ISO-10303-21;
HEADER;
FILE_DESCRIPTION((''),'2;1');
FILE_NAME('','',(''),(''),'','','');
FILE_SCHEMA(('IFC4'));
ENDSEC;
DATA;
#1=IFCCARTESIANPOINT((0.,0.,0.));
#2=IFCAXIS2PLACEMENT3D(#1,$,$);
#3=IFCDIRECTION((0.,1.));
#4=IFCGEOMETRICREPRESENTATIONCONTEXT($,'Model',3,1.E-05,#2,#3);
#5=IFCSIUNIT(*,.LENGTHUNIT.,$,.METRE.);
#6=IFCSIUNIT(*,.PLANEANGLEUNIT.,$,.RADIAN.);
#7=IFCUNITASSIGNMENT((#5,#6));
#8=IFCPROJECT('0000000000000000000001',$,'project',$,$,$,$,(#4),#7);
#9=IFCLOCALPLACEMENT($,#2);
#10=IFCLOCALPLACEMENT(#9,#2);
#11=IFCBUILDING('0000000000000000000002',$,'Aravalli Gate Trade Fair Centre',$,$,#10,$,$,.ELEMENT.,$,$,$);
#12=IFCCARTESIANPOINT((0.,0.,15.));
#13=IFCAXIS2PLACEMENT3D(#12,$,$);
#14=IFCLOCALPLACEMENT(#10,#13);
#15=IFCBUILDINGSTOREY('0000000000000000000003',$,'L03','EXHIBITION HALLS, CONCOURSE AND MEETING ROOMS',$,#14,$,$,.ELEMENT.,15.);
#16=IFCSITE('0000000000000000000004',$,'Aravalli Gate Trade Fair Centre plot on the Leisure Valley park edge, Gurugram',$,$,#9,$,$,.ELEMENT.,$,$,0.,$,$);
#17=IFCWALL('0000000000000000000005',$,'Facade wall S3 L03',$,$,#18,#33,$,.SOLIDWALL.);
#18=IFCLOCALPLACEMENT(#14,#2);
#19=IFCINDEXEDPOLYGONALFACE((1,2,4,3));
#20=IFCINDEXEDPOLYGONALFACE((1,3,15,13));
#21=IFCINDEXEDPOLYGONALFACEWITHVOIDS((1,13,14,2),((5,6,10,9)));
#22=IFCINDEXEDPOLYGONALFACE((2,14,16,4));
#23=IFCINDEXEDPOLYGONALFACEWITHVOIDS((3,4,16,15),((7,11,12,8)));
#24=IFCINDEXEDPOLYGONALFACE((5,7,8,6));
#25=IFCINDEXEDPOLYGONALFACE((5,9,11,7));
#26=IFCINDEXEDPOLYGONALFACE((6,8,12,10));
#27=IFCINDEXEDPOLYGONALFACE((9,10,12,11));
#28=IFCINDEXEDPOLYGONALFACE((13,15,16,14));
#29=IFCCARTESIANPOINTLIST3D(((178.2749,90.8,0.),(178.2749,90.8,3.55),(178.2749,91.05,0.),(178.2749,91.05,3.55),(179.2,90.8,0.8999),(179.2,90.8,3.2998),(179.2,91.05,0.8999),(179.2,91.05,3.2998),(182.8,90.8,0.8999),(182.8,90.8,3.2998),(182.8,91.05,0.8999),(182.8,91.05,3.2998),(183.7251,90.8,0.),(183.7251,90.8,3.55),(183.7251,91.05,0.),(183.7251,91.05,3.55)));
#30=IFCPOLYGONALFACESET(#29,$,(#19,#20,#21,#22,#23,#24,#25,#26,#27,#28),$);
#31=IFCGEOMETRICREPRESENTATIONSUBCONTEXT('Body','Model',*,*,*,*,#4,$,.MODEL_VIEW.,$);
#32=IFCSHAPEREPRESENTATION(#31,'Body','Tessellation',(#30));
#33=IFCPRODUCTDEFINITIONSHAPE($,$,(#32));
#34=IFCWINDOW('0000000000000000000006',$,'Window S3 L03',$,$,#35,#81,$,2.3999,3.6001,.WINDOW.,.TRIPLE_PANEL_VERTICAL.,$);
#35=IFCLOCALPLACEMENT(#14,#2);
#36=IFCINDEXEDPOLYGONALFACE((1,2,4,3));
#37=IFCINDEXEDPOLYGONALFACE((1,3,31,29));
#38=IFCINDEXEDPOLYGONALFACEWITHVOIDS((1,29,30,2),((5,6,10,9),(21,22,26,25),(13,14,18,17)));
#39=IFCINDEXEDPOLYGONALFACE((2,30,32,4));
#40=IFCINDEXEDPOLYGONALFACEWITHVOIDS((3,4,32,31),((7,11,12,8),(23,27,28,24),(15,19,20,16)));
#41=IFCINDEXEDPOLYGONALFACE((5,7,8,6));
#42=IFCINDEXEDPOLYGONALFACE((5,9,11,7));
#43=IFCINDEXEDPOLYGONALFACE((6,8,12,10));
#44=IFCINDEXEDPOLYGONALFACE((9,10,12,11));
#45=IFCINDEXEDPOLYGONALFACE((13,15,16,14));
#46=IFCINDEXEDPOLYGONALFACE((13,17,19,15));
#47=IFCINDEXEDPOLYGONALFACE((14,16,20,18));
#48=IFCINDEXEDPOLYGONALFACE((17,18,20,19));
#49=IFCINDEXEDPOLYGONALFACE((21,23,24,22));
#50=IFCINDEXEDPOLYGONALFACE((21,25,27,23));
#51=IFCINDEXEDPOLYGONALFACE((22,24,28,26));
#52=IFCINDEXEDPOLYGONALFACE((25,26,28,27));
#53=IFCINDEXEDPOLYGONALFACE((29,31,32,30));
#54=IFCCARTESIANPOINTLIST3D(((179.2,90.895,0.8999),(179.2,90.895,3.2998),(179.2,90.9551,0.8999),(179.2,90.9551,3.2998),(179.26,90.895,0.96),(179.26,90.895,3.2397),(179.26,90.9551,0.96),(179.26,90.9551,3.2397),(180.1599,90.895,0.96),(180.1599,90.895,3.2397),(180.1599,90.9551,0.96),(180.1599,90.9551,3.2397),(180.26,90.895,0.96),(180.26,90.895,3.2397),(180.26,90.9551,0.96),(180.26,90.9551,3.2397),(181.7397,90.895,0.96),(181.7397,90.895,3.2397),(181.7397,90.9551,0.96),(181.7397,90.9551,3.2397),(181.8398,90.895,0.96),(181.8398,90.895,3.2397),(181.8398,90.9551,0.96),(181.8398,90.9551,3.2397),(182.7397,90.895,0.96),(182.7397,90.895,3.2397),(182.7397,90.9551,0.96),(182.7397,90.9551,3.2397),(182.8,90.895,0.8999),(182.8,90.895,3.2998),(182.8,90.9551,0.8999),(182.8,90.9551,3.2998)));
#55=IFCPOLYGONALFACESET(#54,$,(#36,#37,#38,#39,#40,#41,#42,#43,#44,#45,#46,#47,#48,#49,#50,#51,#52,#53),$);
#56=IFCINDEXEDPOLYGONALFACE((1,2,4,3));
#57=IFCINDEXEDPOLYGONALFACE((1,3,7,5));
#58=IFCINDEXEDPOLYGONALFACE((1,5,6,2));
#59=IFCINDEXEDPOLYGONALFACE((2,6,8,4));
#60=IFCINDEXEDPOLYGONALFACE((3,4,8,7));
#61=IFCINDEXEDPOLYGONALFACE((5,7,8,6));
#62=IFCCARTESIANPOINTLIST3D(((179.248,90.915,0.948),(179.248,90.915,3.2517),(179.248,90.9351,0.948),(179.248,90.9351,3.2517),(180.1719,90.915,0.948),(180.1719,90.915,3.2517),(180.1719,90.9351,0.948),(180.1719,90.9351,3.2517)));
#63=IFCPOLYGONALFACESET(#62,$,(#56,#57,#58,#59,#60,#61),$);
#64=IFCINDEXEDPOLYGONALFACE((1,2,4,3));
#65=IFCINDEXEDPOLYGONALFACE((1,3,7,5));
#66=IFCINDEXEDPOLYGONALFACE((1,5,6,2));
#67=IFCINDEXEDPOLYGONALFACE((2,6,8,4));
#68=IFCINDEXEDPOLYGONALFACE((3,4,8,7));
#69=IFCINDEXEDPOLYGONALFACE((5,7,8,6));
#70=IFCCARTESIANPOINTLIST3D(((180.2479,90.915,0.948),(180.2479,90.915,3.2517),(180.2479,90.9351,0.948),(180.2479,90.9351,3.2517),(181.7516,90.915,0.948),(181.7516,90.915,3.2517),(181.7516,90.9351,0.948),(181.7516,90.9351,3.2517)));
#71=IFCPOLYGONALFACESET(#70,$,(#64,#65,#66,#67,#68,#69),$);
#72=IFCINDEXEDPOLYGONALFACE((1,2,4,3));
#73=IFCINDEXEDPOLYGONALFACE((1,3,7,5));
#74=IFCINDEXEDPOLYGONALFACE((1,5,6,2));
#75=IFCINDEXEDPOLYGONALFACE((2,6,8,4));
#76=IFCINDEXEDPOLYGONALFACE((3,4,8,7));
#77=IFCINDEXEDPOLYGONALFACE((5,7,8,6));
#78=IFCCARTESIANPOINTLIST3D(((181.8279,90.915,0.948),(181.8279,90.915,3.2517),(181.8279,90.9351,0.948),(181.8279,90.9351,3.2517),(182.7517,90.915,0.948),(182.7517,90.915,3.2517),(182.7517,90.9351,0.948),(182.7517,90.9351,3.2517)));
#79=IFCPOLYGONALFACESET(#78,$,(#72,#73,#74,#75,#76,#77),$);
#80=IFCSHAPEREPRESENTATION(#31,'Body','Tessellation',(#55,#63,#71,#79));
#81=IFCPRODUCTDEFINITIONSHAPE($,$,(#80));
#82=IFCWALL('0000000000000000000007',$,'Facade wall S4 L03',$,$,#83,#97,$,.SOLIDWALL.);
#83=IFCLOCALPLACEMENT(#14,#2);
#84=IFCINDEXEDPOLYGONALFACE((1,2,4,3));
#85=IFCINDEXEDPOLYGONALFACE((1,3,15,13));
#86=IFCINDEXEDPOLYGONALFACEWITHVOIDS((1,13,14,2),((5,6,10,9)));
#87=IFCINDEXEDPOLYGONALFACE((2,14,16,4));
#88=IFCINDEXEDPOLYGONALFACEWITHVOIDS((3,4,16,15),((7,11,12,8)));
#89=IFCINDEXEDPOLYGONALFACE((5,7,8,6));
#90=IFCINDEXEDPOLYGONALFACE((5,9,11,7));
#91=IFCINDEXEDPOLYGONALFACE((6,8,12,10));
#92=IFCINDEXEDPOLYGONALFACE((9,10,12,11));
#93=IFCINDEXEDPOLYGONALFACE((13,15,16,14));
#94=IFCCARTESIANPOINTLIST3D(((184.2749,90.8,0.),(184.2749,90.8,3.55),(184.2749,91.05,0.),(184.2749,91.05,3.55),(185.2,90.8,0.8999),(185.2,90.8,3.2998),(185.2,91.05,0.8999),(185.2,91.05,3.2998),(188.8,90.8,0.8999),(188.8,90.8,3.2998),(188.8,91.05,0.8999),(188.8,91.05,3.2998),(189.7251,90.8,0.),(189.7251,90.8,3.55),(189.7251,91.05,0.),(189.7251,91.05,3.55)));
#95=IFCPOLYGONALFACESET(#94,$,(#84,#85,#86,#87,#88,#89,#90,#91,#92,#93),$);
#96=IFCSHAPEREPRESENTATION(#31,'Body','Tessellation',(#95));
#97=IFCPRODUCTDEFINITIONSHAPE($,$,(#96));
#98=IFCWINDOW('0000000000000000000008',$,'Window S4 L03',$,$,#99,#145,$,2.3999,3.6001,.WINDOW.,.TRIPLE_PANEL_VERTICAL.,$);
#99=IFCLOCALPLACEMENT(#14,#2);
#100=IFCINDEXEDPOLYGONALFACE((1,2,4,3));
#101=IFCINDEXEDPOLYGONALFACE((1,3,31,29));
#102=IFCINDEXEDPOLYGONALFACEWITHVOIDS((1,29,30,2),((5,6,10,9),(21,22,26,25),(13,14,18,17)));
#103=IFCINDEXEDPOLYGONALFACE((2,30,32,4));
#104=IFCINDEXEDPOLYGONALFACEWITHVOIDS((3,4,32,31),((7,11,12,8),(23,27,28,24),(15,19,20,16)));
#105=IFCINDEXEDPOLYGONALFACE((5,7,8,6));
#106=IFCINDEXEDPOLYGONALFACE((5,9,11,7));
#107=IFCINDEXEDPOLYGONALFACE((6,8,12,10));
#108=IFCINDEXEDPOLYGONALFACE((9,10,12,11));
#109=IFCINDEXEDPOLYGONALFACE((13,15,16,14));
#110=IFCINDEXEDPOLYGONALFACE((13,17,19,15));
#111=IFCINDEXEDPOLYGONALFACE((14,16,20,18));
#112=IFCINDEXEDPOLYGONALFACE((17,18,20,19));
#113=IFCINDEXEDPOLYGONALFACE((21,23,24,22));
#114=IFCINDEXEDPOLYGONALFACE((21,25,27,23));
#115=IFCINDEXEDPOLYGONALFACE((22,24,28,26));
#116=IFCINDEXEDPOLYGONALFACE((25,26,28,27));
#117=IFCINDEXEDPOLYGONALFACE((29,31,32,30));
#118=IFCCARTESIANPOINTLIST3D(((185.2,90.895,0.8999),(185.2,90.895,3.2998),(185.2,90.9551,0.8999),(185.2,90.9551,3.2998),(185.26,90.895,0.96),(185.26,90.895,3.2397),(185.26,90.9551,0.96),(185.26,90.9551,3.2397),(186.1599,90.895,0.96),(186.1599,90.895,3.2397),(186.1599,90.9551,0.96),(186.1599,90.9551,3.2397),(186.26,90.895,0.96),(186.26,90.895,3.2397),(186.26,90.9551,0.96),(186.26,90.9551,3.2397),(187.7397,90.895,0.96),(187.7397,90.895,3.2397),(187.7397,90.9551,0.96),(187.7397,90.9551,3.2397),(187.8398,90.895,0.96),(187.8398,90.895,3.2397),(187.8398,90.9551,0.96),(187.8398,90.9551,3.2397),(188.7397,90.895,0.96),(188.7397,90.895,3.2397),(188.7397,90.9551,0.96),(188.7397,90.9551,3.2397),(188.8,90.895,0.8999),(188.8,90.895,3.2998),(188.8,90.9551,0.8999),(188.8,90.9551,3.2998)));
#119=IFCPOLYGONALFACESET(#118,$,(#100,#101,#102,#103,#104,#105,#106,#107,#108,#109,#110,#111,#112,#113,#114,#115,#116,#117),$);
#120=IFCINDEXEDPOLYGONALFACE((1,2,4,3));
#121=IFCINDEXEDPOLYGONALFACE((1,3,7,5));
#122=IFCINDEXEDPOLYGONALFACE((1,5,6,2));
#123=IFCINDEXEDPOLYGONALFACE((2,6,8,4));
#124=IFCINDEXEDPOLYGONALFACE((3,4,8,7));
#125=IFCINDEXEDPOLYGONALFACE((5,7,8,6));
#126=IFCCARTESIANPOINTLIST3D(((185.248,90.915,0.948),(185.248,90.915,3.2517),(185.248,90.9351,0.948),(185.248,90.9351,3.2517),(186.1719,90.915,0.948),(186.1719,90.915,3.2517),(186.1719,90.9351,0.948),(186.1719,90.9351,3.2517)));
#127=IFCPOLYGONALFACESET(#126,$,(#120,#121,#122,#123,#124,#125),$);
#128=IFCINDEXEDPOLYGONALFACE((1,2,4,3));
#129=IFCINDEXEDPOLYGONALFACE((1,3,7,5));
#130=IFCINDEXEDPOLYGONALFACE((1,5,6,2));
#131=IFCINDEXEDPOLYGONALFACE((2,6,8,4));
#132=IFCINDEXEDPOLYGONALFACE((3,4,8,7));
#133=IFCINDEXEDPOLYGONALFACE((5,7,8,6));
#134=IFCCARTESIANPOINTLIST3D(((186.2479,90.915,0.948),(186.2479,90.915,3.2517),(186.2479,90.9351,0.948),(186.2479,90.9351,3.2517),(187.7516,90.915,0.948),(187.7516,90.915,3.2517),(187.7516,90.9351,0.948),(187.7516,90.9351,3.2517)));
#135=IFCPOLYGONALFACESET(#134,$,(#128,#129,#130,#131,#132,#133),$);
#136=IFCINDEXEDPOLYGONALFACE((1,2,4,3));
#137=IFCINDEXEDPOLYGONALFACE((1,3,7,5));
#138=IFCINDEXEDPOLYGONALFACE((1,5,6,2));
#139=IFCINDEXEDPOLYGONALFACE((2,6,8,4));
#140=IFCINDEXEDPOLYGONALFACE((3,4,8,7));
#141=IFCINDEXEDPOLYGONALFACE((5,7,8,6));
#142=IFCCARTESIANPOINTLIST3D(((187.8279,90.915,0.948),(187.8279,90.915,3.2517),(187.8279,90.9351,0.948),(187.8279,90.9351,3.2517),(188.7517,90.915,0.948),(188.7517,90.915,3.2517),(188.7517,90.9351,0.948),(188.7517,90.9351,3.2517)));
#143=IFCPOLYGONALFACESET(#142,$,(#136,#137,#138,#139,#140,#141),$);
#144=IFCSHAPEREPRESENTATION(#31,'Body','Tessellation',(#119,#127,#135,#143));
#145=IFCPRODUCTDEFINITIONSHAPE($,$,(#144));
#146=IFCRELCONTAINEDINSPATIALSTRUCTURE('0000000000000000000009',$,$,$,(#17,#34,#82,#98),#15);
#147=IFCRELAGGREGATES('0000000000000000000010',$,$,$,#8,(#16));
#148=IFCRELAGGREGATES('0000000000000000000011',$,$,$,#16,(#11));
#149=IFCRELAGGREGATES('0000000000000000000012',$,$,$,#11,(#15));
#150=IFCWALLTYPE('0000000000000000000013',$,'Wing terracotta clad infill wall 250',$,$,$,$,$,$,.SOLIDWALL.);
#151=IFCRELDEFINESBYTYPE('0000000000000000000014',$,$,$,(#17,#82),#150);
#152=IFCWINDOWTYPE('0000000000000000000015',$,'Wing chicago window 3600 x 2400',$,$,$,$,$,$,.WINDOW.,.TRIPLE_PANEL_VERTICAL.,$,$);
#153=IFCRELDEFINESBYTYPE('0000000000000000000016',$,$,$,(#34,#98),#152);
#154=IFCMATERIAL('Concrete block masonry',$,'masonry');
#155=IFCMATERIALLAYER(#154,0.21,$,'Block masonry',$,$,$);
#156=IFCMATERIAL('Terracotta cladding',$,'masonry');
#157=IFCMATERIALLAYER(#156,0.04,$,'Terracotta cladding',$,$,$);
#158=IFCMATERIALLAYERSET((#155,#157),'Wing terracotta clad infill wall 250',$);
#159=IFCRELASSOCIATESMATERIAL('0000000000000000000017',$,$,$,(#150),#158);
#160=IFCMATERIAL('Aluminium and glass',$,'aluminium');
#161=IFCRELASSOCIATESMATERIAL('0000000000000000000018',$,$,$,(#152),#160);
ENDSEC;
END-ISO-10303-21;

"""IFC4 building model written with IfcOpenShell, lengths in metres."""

from ifc_helpers import new_model, si_unit, direction, frame, frame_2d, origin, place, context, subcontext, project, spatial, polyline, rectangle, outline, extrude, material, layer, layer_set, type_object, element, fill, save


model = new_model("IFC4")

# Units and contexts
model_context = context("Model", 3, precision=1e-05, world=origin(), true_north=direction((0.0, 1.0)))
body_context = subcontext(model_context, "Body", "Model", "MODEL_VIEW")
ifc_project = project(units=[si_unit("LENGTHUNIT", "METRE"), si_unit("PLANEANGLEUNIT", "RADIAN")], contexts=[model_context])

# Site, building, storey
site_placement = place(None, origin())
site = spatial("IfcSite", under=ifc_project, at=site_placement, Name="Aravalli Gate Trade Fair Centre plot on the Leisure Valley park edge, Gurugram", CompositionType="ELEMENT", RefElevation=0.0)
building_placement = place(site_placement, origin())
building = spatial("IfcBuilding", under=site, at=building_placement, Name="Aravalli Gate Trade Fair Centre", CompositionType="ELEMENT")
storey_placement = place(building_placement, frame((0.0, 0.0, 15.0)))
storey = spatial("IfcBuildingStorey", under=building, at=storey_placement, Name="L03", Description="EXHIBITION HALLS, CONCOURSE AND MEETING ROOMS", CompositionType="ELEMENT", Elevation=15.0)

# Walls, openings, windows
ifc_material_1 = material(Name="Concrete block masonry", Category="masonry")
ifc_layer_1 = layer(ifc_material_1, 0.21, Name="Block masonry")
ifc_material_2 = material(Name="Terracotta cladding", Category="masonry")
ifc_layer_2 = layer(ifc_material_2, 0.04, Name="Terracotta cladding")
ifc_layer_set_1 = layer_set([ifc_layer_1, ifc_layer_2], Name="Wing terracotta clad infill wall 250")
wall_type = type_object("IfcWallType", Name="Wing terracotta clad infill wall 250", PredefinedType="SOLIDWALL", material=ifc_layer_set_1)
ifc_material_3 = material(Name="Aluminium and glass", Category="aluminium")
window_type = type_object("IfcWindowType", Name="Wing chicago window 3600 x 2400", PartitioningType="TRIPLE_PANEL_VERTICAL", PredefinedType="WINDOW", material=ifc_material_3)
wall_1_placement = place(storey_placement, frame((178.2749, 90.925, 0.0), z_axis=(0.0, 0.0, 1.0), x_axis=(1.0, 0.0, 0.0)))
wall_1 = element("IfcWall", 1, at=wall_1_placement, inside=storey, type_object=wall_type, Name="Facade wall S3 L03", PredefinedType="SOLIDWALL", context=body_context, shape_type="SweptSolid", body=[
    extrude(rectangle(XDim=5.4502, YDim=0.25, at=frame_2d((2.7251, 0.0))), origin(), (0.0, 0.0, 1.0), 3.55),
])
opening_1_placement = place(wall_1_placement, frame((0.925, 0.0, 0.8999)))
opening_1 = element("IfcOpeningElement", 2, at=opening_1_placement, cuts=wall_1, PredefinedType="OPENING", context=body_context, shape_type="SweptSolid", body=[
    extrude(rectangle(XDim=3.6001, YDim=2.3999, at=frame_2d((1.8, 1.2))), frame((0.0, 0.135, 0.0), z_axis=(0.0, -1.0, 0.0), x_axis=(1.0, 0.0, 0.0)), (0.0, 0.0, 1.0), 0.27),
])
window_1_placement = place(opening_1_placement, origin())
window_1 = element("IfcWindow", 3, at=window_1_placement, inside=storey, type_object=window_type, Name="Window S3 L03", OverallHeight=2.3999, OverallWidth=3.6001, PartitioningType="TRIPLE_PANEL_VERTICAL", PredefinedType="WINDOW", context=body_context, shape_type="SweptSolid", body=[
    extrude(outline(polyline([(0.0, 0.0), (3.6001, 0.0), (3.6001, 2.3999), (0.0, 2.3999), (0.0, 0.0)]), holes=[polyline([(0.0601, 0.0601), (0.96, 0.0601), (0.96, 2.3398), (0.0601, 2.3398), (0.0601, 0.0601)]), polyline([(1.0601, 0.0601), (2.5398, 0.0601), (2.5398, 2.3398), (1.0601, 2.3398), (1.0601, 0.0601)]), polyline([(2.6399, 0.0601), (3.5398, 0.0601), (3.5398, 2.3398), (2.6399, 2.3398), (2.6399, 0.0601)])]), frame((0.0, 0.03, 0.0), z_axis=(0.0, -1.0, 0.0), x_axis=(1.0, 0.0, 0.0)), (0.0, 0.0, 1.0), 0.0601),
    extrude(rectangle(XDim=0.9238, YDim=2.3037, at=frame_2d((0.51, 1.2))), frame((0.0, 0.01, 0.0), z_axis=(0.0, -1.0, 0.0), x_axis=(1.0, 0.0, 0.0)), (0.0, 0.0, 1.0), 0.02),
    extrude(rectangle(XDim=1.5037, YDim=2.3037, at=frame_2d((1.7998, 1.2))), frame((0.0, 0.01, 0.0), z_axis=(0.0, -1.0, 0.0), x_axis=(1.0, 0.0, 0.0)), (0.0, 0.0, 1.0), 0.02),
    extrude(rectangle(XDim=0.9238, YDim=2.3037, at=frame_2d((3.0898, 1.2))), frame((0.0, 0.01, 0.0), z_axis=(0.0, -1.0, 0.0), x_axis=(1.0, 0.0, 0.0)), (0.0, 0.0, 1.0), 0.02),
])
fill(opening_1, window_1)
wall_2_placement = place(storey_placement, frame((184.2749, 90.925, 0.0), z_axis=(0.0, 0.0, 1.0), x_axis=(1.0, 0.0, 0.0)))
wall_2 = element("IfcWall", 4, at=wall_2_placement, inside=storey, type_object=wall_type, Name="Facade wall S4 L03", PredefinedType="SOLIDWALL", context=body_context, shape_type="SweptSolid", body=[
    extrude(rectangle(XDim=5.4502, YDim=0.25, at=frame_2d((2.7251, 0.0))), origin(), (0.0, 0.0, 1.0), 3.55),
])
opening_2_placement = place(wall_2_placement, frame((0.925, 0.0, 0.8999)))
opening_2 = element("IfcOpeningElement", 5, at=opening_2_placement, cuts=wall_2, PredefinedType="OPENING", context=body_context, shape_type="SweptSolid", body=[
    extrude(rectangle(XDim=3.6001, YDim=2.3999, at=frame_2d((1.8, 1.2))), frame((0.0, 0.135, 0.0), z_axis=(0.0, -1.0, 0.0), x_axis=(1.0, 0.0, 0.0)), (0.0, 0.0, 1.0), 0.27),
])
window_2_placement = place(opening_2_placement, origin())
window_2 = element("IfcWindow", 6, at=window_2_placement, inside=storey, type_object=window_type, Name="Window S4 L03", OverallHeight=2.3999, OverallWidth=3.6001, PartitioningType="TRIPLE_PANEL_VERTICAL", PredefinedType="WINDOW", context=body_context, shape_type="SweptSolid", body=[
    extrude(outline(polyline([(0.0, 0.0), (3.6001, 0.0), (3.6001, 2.3999), (0.0, 2.3999), (0.0, 0.0)]), holes=[polyline([(0.0601, 0.0601), (0.96, 0.0601), (0.96, 2.3398), (0.0601, 2.3398), (0.0601, 0.0601)]), polyline([(1.0601, 0.0601), (2.5398, 0.0601), (2.5398, 2.3398), (1.0601, 2.3398), (1.0601, 0.0601)]), polyline([(2.6399, 0.0601), (3.5398, 0.0601), (3.5398, 2.3398), (2.6399, 2.3398), (2.6399, 0.0601)])]), frame((0.0, 0.03, 0.0), z_axis=(0.0, -1.0, 0.0), x_axis=(1.0, 0.0, 0.0)), (0.0, 0.0, 1.0), 0.0601),
    extrude(rectangle(XDim=0.9238, YDim=2.3037, at=frame_2d((0.51, 1.2))), frame((0.0, 0.01, 0.0), z_axis=(0.0, -1.0, 0.0), x_axis=(1.0, 0.0, 0.0)), (0.0, 0.0, 1.0), 0.02),
    extrude(rectangle(XDim=1.5037, YDim=2.3037, at=frame_2d((1.7998, 1.2))), frame((0.0, 0.01, 0.0), z_axis=(0.0, -1.0, 0.0), x_axis=(1.0, 0.0, 0.0)), (0.0, 0.0, 1.0), 0.02),
    extrude(rectangle(XDim=0.9238, YDim=2.3037, at=frame_2d((3.0898, 1.2))), frame((0.0, 0.01, 0.0), z_axis=(0.0, -1.0, 0.0), x_axis=(1.0, 0.0, 0.0)), (0.0, 0.0, 1.0), 0.02),
])
fill(opening_2, window_2)

save(model, "model.ifc")
